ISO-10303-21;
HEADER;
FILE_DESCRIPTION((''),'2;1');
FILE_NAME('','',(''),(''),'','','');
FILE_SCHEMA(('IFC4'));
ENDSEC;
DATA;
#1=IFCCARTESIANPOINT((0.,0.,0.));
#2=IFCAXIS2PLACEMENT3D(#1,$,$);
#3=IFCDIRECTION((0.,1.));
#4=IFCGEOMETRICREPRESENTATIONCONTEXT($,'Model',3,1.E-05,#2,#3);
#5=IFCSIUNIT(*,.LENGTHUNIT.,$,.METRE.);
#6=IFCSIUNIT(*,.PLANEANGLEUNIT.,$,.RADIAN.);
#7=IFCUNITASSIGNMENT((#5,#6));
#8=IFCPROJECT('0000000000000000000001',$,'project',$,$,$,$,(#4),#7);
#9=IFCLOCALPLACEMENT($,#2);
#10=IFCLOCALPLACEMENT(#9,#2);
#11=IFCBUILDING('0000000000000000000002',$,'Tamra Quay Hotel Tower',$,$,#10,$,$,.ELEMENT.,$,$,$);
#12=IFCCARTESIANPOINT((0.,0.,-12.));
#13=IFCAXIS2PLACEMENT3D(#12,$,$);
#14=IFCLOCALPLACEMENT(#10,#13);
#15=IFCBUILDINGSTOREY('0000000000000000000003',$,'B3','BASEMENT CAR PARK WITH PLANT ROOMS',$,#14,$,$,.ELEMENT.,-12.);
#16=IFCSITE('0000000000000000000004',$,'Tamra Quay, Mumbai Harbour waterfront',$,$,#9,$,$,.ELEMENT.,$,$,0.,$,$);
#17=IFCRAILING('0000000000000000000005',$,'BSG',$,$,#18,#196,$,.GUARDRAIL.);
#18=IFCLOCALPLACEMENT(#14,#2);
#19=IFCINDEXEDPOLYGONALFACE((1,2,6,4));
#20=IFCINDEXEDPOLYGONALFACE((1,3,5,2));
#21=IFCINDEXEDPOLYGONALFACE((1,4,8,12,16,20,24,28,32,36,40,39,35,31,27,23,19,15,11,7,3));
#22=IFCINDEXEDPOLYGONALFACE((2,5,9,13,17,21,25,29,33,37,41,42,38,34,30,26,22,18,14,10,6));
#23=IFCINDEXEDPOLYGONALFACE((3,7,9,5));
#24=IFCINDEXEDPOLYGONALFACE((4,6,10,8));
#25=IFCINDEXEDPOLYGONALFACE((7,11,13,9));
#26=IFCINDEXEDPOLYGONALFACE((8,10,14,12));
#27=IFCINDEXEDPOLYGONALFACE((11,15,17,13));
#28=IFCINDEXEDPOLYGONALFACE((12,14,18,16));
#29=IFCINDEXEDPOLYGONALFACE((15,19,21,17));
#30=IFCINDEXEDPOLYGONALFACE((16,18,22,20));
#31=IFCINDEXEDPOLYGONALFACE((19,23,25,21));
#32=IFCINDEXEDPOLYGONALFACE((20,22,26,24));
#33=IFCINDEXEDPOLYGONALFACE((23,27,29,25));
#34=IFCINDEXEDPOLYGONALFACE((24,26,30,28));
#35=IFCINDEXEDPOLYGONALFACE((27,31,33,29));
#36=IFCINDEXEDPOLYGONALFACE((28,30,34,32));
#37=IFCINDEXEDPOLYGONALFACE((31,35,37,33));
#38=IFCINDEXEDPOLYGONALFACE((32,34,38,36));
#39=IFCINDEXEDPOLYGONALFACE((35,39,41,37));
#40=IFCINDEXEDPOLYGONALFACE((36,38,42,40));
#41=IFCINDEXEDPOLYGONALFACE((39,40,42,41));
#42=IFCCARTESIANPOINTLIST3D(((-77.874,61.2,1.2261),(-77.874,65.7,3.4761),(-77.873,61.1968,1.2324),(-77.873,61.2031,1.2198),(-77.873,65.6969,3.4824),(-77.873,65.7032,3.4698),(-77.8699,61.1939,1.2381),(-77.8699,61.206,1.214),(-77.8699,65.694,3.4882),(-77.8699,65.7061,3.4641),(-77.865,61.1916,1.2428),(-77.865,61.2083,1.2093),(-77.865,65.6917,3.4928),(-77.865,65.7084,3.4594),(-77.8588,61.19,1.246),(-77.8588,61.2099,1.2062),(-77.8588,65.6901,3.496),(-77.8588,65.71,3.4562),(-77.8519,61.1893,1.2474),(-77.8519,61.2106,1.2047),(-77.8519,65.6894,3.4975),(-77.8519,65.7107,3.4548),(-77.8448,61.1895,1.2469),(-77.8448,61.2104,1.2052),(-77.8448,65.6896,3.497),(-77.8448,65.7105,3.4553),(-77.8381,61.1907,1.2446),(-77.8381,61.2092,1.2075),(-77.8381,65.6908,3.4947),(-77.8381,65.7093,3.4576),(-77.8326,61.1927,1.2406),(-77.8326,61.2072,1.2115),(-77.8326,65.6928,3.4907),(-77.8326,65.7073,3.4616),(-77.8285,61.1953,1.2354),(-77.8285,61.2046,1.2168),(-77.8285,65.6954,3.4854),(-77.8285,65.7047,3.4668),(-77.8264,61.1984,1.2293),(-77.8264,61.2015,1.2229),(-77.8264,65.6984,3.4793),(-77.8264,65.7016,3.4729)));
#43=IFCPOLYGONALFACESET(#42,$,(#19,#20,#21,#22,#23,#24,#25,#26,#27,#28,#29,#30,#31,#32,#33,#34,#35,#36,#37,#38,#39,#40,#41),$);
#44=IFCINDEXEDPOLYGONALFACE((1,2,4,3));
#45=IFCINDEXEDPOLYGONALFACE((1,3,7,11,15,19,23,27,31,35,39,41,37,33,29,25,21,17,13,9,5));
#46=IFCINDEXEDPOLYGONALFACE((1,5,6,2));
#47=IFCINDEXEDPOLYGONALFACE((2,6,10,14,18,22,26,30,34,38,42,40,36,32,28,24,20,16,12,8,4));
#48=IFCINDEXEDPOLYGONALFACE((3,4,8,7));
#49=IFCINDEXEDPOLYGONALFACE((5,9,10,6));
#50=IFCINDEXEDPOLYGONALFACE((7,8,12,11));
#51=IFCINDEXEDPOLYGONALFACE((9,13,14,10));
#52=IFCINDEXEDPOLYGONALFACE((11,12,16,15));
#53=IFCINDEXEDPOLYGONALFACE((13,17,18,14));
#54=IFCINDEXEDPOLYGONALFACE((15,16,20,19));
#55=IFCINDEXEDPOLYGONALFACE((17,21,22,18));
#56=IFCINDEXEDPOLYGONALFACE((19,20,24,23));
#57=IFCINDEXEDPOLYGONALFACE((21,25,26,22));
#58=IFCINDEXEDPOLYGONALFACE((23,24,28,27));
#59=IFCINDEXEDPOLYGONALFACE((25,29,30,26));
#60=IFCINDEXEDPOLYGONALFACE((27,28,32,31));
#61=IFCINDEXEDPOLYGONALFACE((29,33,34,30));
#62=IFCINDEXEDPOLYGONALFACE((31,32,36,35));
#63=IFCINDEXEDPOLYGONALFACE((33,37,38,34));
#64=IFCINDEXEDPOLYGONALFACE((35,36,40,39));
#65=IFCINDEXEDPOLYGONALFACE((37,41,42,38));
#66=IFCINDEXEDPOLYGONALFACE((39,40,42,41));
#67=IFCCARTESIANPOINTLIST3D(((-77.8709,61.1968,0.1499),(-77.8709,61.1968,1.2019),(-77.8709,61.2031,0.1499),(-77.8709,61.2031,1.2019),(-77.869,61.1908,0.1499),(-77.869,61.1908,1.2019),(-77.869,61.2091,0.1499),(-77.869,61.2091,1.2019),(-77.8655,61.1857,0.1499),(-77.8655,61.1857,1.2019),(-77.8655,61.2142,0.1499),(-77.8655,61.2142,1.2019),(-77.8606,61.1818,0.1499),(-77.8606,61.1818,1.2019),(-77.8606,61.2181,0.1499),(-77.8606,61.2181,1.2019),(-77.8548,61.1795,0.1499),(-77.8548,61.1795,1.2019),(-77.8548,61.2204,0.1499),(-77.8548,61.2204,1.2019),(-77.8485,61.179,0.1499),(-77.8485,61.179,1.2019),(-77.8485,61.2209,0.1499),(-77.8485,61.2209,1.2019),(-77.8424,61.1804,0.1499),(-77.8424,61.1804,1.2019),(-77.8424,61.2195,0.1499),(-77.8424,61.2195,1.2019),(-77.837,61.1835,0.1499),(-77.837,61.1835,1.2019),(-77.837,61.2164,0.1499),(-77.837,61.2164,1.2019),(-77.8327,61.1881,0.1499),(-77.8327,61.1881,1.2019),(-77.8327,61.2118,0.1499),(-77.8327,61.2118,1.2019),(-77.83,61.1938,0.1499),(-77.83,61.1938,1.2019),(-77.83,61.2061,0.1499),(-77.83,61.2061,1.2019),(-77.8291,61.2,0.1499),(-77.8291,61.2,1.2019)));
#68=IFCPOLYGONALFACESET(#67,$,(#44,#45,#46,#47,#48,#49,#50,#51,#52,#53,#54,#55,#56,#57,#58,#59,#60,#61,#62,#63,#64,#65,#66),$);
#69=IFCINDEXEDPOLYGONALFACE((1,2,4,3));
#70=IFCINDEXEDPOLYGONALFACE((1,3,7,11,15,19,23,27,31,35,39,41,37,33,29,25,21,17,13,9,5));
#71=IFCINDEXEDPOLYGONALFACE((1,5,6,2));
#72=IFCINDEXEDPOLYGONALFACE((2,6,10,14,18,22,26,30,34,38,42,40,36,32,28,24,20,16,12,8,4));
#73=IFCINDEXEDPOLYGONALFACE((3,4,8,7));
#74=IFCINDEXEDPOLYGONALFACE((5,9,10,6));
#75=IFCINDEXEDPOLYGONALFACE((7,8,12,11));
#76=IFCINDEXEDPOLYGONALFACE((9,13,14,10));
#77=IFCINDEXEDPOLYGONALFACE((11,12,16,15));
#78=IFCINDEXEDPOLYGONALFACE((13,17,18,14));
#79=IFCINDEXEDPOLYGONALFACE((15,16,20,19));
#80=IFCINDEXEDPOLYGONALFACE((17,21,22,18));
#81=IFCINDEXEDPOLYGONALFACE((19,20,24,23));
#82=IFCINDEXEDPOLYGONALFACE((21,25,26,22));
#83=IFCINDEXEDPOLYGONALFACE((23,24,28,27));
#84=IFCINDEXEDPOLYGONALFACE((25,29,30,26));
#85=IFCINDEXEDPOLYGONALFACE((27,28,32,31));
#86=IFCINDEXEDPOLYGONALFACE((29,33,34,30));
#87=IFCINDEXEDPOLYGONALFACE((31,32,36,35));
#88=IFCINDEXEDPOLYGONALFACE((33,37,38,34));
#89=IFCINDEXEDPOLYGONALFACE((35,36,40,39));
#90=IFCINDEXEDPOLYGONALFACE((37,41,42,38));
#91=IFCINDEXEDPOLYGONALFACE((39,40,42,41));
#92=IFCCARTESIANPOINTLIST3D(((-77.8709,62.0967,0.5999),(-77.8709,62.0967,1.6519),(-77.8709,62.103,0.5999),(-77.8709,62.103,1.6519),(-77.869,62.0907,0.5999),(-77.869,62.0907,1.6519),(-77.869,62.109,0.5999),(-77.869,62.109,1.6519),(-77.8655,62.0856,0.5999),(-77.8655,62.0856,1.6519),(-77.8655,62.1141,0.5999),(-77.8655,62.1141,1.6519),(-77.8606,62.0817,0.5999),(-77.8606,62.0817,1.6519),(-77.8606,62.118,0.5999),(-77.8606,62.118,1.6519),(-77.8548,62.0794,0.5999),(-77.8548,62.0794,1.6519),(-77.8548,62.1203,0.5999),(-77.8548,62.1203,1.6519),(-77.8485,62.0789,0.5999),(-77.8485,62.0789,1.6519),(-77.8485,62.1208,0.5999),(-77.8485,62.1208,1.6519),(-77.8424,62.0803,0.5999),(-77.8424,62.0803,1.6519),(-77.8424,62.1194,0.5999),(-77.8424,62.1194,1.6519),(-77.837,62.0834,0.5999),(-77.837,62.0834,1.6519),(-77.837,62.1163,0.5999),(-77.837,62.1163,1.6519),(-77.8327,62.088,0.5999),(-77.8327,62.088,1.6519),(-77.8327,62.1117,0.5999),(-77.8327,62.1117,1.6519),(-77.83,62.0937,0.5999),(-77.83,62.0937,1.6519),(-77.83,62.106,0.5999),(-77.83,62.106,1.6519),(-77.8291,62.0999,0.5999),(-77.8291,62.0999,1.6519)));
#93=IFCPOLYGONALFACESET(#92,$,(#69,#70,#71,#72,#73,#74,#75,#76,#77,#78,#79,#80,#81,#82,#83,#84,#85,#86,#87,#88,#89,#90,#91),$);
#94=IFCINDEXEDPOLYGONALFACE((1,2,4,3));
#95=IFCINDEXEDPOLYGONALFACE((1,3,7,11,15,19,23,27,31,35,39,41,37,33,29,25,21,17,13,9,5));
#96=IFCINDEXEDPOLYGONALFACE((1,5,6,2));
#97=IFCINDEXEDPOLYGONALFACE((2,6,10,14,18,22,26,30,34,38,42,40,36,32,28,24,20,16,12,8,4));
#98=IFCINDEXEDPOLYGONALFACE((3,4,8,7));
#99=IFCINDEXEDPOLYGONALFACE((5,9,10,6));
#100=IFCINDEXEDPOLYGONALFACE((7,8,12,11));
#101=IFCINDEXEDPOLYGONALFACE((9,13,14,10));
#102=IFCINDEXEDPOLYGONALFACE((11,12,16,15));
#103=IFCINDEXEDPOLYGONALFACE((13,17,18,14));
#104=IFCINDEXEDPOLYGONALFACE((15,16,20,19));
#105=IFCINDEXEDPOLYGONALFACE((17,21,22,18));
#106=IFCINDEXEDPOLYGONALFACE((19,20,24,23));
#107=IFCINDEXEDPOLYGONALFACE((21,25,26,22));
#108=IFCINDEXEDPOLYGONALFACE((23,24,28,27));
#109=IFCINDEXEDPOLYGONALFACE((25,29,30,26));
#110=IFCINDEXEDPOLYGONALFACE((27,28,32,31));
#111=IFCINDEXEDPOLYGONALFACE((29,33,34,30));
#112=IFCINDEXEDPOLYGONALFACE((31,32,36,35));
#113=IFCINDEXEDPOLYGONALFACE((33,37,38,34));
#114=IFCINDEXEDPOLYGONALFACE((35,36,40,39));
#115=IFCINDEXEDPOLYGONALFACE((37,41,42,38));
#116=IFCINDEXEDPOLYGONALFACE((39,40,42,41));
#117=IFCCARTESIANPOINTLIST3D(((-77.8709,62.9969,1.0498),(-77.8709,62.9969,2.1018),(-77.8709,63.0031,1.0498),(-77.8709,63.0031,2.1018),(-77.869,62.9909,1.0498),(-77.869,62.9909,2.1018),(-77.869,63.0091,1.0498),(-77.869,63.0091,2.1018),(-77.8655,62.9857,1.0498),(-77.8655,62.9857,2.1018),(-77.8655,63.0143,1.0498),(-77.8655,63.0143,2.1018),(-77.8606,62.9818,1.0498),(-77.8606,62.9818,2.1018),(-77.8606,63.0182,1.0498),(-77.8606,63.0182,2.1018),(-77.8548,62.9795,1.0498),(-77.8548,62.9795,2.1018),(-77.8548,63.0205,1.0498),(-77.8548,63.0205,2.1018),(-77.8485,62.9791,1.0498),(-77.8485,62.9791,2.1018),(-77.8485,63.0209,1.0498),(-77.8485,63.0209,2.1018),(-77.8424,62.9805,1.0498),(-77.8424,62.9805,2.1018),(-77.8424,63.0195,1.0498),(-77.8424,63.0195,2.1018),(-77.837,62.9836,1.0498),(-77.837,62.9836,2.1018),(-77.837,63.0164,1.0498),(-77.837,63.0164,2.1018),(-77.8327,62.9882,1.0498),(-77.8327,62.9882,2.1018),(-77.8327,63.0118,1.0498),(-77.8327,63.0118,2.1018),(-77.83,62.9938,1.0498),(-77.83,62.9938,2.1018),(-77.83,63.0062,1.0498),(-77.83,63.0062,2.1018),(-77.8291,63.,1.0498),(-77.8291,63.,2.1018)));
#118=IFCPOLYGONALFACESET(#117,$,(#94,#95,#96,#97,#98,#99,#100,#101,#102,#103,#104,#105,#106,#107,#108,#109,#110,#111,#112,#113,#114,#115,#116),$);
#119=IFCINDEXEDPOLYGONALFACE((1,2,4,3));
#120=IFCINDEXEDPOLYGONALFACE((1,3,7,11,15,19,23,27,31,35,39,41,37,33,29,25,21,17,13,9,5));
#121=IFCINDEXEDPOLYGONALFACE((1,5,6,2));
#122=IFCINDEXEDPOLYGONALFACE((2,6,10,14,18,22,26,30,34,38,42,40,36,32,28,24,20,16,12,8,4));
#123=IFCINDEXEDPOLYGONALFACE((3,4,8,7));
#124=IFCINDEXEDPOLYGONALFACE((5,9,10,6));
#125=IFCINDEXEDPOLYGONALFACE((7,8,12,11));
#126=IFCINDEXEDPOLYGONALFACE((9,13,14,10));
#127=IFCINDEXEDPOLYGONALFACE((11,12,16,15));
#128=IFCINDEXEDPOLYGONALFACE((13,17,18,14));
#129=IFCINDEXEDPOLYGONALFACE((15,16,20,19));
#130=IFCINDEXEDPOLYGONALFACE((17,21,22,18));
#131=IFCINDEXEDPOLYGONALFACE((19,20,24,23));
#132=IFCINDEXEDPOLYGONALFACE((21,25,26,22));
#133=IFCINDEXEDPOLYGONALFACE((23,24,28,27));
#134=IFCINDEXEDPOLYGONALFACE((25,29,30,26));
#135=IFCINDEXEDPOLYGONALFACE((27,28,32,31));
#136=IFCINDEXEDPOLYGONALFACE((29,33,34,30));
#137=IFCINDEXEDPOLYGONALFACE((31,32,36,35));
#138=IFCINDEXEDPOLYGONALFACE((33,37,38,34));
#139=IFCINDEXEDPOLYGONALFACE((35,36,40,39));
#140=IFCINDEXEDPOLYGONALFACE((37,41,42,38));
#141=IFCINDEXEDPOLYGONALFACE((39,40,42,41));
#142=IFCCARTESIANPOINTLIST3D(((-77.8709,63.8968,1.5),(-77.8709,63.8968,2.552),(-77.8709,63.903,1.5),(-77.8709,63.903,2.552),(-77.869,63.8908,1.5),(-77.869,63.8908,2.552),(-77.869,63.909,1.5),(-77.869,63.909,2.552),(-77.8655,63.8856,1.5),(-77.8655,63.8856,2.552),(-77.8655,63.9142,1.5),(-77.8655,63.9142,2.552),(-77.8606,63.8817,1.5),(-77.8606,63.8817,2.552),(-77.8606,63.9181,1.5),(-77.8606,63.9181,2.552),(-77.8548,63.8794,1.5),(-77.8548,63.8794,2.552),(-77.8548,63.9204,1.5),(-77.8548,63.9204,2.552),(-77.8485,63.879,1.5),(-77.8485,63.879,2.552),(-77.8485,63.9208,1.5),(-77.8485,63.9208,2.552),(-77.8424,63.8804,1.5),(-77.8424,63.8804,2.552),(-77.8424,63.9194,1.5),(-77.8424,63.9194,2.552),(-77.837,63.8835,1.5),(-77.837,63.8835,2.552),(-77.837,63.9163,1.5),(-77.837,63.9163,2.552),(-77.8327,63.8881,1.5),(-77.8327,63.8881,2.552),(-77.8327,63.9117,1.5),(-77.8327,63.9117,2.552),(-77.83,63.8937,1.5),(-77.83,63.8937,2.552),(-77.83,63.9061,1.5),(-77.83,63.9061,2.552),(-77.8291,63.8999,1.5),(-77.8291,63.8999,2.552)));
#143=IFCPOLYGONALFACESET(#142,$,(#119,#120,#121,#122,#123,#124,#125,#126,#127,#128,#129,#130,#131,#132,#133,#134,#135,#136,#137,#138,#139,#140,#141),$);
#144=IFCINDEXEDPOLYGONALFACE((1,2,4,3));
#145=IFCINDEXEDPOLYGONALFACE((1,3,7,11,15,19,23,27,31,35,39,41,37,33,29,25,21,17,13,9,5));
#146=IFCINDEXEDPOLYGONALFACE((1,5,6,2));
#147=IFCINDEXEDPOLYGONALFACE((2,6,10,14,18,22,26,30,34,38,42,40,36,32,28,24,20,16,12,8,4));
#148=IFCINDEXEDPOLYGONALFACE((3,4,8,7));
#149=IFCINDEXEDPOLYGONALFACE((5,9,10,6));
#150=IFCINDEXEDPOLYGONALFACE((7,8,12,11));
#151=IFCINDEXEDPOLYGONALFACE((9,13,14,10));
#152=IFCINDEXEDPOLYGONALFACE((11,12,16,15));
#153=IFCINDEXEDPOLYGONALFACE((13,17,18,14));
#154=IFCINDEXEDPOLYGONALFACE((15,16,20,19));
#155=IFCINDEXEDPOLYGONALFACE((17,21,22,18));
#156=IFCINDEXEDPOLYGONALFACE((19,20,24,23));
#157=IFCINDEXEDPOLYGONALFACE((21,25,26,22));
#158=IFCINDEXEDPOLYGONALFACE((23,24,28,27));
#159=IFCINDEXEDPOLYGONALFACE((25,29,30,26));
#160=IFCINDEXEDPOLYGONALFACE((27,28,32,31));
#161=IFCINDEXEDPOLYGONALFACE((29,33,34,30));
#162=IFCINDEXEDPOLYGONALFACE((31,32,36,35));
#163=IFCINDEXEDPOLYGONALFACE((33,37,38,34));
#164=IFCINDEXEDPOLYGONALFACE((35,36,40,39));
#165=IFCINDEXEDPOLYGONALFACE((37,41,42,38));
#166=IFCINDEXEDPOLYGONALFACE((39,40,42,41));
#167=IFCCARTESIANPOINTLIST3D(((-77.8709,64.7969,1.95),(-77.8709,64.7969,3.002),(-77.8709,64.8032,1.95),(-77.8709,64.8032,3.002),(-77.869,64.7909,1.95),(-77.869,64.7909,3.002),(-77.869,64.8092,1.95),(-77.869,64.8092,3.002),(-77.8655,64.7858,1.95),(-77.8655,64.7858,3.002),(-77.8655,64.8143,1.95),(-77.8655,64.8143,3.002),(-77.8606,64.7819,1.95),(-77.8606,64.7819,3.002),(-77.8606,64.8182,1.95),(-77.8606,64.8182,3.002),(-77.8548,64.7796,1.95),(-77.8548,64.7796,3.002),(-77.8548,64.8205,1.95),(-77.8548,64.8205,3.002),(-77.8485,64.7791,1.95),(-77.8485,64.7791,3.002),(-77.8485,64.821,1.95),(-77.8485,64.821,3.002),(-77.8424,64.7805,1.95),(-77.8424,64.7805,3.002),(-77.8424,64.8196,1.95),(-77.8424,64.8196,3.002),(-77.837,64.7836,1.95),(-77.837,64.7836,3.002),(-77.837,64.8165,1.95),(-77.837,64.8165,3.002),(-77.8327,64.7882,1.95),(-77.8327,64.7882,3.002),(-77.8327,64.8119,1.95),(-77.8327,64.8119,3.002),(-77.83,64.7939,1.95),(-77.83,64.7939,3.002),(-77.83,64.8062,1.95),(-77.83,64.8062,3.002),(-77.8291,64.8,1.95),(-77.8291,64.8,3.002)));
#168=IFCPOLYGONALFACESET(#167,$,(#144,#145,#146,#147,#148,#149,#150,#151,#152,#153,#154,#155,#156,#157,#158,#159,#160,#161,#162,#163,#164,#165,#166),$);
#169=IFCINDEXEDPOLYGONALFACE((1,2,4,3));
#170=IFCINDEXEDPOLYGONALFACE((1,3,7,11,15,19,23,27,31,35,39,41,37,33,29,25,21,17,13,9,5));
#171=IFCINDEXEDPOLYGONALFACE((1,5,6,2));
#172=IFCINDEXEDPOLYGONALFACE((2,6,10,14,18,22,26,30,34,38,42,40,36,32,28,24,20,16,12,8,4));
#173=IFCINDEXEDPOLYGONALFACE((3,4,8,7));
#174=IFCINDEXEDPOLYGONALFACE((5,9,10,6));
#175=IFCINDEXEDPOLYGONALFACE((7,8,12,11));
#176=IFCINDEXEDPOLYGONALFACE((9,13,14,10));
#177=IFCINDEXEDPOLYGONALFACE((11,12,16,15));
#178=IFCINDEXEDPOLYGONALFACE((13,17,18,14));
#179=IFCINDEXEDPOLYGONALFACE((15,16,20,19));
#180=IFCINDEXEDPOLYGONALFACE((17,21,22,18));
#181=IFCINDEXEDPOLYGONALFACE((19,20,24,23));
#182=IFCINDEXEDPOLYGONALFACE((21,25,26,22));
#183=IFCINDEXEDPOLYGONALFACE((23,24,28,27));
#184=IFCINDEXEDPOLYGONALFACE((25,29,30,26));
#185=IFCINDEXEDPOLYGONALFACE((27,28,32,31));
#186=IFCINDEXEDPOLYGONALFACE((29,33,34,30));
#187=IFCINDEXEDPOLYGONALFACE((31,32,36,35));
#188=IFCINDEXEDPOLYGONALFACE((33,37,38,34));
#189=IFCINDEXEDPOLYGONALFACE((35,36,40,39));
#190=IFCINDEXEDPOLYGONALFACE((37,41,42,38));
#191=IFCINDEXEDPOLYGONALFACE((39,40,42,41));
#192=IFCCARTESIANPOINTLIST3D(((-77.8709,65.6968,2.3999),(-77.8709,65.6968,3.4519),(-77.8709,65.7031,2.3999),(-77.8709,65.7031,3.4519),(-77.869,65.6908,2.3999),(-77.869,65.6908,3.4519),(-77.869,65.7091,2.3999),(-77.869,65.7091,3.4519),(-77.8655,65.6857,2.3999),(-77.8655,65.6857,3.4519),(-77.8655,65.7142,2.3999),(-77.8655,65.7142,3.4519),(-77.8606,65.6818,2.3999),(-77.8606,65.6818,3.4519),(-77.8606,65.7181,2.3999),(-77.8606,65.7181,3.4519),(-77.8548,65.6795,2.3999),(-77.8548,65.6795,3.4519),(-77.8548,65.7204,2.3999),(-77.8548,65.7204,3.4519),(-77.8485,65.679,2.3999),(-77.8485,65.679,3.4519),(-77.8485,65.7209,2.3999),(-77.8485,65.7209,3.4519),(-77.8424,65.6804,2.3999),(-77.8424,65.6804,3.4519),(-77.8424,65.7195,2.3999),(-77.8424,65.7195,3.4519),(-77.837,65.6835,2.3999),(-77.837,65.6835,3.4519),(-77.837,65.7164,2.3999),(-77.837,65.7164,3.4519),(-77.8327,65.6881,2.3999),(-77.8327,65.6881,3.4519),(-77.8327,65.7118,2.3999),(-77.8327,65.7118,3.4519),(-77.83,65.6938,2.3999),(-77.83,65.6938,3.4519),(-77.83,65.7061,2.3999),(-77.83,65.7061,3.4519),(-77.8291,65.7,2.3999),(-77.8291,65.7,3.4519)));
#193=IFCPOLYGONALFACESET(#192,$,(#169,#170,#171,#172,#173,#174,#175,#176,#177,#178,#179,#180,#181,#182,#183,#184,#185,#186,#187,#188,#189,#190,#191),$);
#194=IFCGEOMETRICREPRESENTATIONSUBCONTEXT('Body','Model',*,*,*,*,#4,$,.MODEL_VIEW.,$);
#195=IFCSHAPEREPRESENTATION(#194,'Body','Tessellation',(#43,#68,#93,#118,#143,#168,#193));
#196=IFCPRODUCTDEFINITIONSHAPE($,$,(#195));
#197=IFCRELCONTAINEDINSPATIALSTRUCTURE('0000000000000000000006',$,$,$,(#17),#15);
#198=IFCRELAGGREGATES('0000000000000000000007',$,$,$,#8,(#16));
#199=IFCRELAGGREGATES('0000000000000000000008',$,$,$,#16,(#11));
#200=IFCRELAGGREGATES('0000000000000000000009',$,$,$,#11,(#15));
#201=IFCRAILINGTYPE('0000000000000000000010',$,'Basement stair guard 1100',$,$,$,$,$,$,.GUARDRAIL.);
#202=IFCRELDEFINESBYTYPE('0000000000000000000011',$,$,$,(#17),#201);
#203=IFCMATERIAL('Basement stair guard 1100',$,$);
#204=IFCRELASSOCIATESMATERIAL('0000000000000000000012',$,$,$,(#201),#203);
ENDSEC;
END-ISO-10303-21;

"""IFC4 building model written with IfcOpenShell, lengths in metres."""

from ifc_helpers import new_model, si_unit, direction, frame, origin, origin_2d, place, context, subcontext, project, spatial, circle, extrude, material, type_object, element, save


model = new_model("IFC4")

# Units and contexts
model_context = context("Model", 3, precision=1e-05, world=origin(), true_north=direction((0.0, 1.0)))
body_context = subcontext(model_context, "Body", "Model", "MODEL_VIEW")
ifc_project = project(units=[si_unit("LENGTHUNIT", "METRE"), si_unit("PLANEANGLEUNIT", "RADIAN")], contexts=[model_context])

# Site, building, storey
site_placement = place(None, origin())
site = spatial("IfcSite", under=ifc_project, at=site_placement, Name="Tamra Quay, Mumbai Harbour waterfront", CompositionType="ELEMENT", RefElevation=0.0)
building_placement = place(site_placement, origin())
building = spatial("IfcBuilding", under=site, at=building_placement, Name="Tamra Quay Hotel Tower", CompositionType="ELEMENT")
storey_placement = place(building_placement, frame((0.0, 0.0, -12.0)))
storey = spatial("IfcBuildingStorey", under=building, at=storey_placement, Name="B3", Description="BASEMENT CAR PARK WITH PLANT ROOMS", CompositionType="ELEMENT", Elevation=-12.0)

# Railing
ifc_material_1 = material(Name="Basement stair guard 1100")
railing_type_1 = type_object("IfcRailingType", Name="Basement stair guard 1100", PredefinedType="GUARDRAIL", material=ifc_material_1)
railing_1_placement = place(storey_placement, frame((-77.8501, 61.2, 0.1499)))
element("IfcRailing", 1, at=railing_1_placement, inside=storey, type_object=railing_type_1, Name="BSG", PredefinedType="GUARDRAIL", context=body_context, shape_type="SweptSolid", body=[
    extrude(circle(Radius=0.0239, at=origin_2d()), frame((0.0, 0.0, 1.0762), z_axis=(0.0, 0.894427, 0.447214), x_axis=(-1.0, 0.0, 0.0)), (0.0, 0.0, 1.0), 5.0312),
    extrude(circle(Radius=0.021, at=origin_2d()), origin(), (0.0, 0.0, 1.0), 1.052),
    extrude(circle(Radius=0.021, at=origin_2d()), frame((0.0, 0.8999, 0.45)), (0.0, 0.0, 1.0), 1.052),
    extrude(circle(Radius=0.021, at=origin_2d()), frame((0.0, 1.8, 0.8999)), (0.0, 0.0, 1.0), 1.052),
    extrude(circle(Radius=0.021, at=origin_2d()), frame((0.0, 2.7, 1.3501)), (0.0, 0.0, 1.0), 1.052),
    extrude(circle(Radius=0.021, at=origin_2d()), frame((0.0, 3.6001, 1.8)), (0.0, 0.0, 1.0), 1.052),
    extrude(circle(Radius=0.021, at=origin_2d()), frame((0.0, 4.5, 2.25)), (0.0, 0.0, 1.0), 1.052),
])

save(model, "model.ifc")
